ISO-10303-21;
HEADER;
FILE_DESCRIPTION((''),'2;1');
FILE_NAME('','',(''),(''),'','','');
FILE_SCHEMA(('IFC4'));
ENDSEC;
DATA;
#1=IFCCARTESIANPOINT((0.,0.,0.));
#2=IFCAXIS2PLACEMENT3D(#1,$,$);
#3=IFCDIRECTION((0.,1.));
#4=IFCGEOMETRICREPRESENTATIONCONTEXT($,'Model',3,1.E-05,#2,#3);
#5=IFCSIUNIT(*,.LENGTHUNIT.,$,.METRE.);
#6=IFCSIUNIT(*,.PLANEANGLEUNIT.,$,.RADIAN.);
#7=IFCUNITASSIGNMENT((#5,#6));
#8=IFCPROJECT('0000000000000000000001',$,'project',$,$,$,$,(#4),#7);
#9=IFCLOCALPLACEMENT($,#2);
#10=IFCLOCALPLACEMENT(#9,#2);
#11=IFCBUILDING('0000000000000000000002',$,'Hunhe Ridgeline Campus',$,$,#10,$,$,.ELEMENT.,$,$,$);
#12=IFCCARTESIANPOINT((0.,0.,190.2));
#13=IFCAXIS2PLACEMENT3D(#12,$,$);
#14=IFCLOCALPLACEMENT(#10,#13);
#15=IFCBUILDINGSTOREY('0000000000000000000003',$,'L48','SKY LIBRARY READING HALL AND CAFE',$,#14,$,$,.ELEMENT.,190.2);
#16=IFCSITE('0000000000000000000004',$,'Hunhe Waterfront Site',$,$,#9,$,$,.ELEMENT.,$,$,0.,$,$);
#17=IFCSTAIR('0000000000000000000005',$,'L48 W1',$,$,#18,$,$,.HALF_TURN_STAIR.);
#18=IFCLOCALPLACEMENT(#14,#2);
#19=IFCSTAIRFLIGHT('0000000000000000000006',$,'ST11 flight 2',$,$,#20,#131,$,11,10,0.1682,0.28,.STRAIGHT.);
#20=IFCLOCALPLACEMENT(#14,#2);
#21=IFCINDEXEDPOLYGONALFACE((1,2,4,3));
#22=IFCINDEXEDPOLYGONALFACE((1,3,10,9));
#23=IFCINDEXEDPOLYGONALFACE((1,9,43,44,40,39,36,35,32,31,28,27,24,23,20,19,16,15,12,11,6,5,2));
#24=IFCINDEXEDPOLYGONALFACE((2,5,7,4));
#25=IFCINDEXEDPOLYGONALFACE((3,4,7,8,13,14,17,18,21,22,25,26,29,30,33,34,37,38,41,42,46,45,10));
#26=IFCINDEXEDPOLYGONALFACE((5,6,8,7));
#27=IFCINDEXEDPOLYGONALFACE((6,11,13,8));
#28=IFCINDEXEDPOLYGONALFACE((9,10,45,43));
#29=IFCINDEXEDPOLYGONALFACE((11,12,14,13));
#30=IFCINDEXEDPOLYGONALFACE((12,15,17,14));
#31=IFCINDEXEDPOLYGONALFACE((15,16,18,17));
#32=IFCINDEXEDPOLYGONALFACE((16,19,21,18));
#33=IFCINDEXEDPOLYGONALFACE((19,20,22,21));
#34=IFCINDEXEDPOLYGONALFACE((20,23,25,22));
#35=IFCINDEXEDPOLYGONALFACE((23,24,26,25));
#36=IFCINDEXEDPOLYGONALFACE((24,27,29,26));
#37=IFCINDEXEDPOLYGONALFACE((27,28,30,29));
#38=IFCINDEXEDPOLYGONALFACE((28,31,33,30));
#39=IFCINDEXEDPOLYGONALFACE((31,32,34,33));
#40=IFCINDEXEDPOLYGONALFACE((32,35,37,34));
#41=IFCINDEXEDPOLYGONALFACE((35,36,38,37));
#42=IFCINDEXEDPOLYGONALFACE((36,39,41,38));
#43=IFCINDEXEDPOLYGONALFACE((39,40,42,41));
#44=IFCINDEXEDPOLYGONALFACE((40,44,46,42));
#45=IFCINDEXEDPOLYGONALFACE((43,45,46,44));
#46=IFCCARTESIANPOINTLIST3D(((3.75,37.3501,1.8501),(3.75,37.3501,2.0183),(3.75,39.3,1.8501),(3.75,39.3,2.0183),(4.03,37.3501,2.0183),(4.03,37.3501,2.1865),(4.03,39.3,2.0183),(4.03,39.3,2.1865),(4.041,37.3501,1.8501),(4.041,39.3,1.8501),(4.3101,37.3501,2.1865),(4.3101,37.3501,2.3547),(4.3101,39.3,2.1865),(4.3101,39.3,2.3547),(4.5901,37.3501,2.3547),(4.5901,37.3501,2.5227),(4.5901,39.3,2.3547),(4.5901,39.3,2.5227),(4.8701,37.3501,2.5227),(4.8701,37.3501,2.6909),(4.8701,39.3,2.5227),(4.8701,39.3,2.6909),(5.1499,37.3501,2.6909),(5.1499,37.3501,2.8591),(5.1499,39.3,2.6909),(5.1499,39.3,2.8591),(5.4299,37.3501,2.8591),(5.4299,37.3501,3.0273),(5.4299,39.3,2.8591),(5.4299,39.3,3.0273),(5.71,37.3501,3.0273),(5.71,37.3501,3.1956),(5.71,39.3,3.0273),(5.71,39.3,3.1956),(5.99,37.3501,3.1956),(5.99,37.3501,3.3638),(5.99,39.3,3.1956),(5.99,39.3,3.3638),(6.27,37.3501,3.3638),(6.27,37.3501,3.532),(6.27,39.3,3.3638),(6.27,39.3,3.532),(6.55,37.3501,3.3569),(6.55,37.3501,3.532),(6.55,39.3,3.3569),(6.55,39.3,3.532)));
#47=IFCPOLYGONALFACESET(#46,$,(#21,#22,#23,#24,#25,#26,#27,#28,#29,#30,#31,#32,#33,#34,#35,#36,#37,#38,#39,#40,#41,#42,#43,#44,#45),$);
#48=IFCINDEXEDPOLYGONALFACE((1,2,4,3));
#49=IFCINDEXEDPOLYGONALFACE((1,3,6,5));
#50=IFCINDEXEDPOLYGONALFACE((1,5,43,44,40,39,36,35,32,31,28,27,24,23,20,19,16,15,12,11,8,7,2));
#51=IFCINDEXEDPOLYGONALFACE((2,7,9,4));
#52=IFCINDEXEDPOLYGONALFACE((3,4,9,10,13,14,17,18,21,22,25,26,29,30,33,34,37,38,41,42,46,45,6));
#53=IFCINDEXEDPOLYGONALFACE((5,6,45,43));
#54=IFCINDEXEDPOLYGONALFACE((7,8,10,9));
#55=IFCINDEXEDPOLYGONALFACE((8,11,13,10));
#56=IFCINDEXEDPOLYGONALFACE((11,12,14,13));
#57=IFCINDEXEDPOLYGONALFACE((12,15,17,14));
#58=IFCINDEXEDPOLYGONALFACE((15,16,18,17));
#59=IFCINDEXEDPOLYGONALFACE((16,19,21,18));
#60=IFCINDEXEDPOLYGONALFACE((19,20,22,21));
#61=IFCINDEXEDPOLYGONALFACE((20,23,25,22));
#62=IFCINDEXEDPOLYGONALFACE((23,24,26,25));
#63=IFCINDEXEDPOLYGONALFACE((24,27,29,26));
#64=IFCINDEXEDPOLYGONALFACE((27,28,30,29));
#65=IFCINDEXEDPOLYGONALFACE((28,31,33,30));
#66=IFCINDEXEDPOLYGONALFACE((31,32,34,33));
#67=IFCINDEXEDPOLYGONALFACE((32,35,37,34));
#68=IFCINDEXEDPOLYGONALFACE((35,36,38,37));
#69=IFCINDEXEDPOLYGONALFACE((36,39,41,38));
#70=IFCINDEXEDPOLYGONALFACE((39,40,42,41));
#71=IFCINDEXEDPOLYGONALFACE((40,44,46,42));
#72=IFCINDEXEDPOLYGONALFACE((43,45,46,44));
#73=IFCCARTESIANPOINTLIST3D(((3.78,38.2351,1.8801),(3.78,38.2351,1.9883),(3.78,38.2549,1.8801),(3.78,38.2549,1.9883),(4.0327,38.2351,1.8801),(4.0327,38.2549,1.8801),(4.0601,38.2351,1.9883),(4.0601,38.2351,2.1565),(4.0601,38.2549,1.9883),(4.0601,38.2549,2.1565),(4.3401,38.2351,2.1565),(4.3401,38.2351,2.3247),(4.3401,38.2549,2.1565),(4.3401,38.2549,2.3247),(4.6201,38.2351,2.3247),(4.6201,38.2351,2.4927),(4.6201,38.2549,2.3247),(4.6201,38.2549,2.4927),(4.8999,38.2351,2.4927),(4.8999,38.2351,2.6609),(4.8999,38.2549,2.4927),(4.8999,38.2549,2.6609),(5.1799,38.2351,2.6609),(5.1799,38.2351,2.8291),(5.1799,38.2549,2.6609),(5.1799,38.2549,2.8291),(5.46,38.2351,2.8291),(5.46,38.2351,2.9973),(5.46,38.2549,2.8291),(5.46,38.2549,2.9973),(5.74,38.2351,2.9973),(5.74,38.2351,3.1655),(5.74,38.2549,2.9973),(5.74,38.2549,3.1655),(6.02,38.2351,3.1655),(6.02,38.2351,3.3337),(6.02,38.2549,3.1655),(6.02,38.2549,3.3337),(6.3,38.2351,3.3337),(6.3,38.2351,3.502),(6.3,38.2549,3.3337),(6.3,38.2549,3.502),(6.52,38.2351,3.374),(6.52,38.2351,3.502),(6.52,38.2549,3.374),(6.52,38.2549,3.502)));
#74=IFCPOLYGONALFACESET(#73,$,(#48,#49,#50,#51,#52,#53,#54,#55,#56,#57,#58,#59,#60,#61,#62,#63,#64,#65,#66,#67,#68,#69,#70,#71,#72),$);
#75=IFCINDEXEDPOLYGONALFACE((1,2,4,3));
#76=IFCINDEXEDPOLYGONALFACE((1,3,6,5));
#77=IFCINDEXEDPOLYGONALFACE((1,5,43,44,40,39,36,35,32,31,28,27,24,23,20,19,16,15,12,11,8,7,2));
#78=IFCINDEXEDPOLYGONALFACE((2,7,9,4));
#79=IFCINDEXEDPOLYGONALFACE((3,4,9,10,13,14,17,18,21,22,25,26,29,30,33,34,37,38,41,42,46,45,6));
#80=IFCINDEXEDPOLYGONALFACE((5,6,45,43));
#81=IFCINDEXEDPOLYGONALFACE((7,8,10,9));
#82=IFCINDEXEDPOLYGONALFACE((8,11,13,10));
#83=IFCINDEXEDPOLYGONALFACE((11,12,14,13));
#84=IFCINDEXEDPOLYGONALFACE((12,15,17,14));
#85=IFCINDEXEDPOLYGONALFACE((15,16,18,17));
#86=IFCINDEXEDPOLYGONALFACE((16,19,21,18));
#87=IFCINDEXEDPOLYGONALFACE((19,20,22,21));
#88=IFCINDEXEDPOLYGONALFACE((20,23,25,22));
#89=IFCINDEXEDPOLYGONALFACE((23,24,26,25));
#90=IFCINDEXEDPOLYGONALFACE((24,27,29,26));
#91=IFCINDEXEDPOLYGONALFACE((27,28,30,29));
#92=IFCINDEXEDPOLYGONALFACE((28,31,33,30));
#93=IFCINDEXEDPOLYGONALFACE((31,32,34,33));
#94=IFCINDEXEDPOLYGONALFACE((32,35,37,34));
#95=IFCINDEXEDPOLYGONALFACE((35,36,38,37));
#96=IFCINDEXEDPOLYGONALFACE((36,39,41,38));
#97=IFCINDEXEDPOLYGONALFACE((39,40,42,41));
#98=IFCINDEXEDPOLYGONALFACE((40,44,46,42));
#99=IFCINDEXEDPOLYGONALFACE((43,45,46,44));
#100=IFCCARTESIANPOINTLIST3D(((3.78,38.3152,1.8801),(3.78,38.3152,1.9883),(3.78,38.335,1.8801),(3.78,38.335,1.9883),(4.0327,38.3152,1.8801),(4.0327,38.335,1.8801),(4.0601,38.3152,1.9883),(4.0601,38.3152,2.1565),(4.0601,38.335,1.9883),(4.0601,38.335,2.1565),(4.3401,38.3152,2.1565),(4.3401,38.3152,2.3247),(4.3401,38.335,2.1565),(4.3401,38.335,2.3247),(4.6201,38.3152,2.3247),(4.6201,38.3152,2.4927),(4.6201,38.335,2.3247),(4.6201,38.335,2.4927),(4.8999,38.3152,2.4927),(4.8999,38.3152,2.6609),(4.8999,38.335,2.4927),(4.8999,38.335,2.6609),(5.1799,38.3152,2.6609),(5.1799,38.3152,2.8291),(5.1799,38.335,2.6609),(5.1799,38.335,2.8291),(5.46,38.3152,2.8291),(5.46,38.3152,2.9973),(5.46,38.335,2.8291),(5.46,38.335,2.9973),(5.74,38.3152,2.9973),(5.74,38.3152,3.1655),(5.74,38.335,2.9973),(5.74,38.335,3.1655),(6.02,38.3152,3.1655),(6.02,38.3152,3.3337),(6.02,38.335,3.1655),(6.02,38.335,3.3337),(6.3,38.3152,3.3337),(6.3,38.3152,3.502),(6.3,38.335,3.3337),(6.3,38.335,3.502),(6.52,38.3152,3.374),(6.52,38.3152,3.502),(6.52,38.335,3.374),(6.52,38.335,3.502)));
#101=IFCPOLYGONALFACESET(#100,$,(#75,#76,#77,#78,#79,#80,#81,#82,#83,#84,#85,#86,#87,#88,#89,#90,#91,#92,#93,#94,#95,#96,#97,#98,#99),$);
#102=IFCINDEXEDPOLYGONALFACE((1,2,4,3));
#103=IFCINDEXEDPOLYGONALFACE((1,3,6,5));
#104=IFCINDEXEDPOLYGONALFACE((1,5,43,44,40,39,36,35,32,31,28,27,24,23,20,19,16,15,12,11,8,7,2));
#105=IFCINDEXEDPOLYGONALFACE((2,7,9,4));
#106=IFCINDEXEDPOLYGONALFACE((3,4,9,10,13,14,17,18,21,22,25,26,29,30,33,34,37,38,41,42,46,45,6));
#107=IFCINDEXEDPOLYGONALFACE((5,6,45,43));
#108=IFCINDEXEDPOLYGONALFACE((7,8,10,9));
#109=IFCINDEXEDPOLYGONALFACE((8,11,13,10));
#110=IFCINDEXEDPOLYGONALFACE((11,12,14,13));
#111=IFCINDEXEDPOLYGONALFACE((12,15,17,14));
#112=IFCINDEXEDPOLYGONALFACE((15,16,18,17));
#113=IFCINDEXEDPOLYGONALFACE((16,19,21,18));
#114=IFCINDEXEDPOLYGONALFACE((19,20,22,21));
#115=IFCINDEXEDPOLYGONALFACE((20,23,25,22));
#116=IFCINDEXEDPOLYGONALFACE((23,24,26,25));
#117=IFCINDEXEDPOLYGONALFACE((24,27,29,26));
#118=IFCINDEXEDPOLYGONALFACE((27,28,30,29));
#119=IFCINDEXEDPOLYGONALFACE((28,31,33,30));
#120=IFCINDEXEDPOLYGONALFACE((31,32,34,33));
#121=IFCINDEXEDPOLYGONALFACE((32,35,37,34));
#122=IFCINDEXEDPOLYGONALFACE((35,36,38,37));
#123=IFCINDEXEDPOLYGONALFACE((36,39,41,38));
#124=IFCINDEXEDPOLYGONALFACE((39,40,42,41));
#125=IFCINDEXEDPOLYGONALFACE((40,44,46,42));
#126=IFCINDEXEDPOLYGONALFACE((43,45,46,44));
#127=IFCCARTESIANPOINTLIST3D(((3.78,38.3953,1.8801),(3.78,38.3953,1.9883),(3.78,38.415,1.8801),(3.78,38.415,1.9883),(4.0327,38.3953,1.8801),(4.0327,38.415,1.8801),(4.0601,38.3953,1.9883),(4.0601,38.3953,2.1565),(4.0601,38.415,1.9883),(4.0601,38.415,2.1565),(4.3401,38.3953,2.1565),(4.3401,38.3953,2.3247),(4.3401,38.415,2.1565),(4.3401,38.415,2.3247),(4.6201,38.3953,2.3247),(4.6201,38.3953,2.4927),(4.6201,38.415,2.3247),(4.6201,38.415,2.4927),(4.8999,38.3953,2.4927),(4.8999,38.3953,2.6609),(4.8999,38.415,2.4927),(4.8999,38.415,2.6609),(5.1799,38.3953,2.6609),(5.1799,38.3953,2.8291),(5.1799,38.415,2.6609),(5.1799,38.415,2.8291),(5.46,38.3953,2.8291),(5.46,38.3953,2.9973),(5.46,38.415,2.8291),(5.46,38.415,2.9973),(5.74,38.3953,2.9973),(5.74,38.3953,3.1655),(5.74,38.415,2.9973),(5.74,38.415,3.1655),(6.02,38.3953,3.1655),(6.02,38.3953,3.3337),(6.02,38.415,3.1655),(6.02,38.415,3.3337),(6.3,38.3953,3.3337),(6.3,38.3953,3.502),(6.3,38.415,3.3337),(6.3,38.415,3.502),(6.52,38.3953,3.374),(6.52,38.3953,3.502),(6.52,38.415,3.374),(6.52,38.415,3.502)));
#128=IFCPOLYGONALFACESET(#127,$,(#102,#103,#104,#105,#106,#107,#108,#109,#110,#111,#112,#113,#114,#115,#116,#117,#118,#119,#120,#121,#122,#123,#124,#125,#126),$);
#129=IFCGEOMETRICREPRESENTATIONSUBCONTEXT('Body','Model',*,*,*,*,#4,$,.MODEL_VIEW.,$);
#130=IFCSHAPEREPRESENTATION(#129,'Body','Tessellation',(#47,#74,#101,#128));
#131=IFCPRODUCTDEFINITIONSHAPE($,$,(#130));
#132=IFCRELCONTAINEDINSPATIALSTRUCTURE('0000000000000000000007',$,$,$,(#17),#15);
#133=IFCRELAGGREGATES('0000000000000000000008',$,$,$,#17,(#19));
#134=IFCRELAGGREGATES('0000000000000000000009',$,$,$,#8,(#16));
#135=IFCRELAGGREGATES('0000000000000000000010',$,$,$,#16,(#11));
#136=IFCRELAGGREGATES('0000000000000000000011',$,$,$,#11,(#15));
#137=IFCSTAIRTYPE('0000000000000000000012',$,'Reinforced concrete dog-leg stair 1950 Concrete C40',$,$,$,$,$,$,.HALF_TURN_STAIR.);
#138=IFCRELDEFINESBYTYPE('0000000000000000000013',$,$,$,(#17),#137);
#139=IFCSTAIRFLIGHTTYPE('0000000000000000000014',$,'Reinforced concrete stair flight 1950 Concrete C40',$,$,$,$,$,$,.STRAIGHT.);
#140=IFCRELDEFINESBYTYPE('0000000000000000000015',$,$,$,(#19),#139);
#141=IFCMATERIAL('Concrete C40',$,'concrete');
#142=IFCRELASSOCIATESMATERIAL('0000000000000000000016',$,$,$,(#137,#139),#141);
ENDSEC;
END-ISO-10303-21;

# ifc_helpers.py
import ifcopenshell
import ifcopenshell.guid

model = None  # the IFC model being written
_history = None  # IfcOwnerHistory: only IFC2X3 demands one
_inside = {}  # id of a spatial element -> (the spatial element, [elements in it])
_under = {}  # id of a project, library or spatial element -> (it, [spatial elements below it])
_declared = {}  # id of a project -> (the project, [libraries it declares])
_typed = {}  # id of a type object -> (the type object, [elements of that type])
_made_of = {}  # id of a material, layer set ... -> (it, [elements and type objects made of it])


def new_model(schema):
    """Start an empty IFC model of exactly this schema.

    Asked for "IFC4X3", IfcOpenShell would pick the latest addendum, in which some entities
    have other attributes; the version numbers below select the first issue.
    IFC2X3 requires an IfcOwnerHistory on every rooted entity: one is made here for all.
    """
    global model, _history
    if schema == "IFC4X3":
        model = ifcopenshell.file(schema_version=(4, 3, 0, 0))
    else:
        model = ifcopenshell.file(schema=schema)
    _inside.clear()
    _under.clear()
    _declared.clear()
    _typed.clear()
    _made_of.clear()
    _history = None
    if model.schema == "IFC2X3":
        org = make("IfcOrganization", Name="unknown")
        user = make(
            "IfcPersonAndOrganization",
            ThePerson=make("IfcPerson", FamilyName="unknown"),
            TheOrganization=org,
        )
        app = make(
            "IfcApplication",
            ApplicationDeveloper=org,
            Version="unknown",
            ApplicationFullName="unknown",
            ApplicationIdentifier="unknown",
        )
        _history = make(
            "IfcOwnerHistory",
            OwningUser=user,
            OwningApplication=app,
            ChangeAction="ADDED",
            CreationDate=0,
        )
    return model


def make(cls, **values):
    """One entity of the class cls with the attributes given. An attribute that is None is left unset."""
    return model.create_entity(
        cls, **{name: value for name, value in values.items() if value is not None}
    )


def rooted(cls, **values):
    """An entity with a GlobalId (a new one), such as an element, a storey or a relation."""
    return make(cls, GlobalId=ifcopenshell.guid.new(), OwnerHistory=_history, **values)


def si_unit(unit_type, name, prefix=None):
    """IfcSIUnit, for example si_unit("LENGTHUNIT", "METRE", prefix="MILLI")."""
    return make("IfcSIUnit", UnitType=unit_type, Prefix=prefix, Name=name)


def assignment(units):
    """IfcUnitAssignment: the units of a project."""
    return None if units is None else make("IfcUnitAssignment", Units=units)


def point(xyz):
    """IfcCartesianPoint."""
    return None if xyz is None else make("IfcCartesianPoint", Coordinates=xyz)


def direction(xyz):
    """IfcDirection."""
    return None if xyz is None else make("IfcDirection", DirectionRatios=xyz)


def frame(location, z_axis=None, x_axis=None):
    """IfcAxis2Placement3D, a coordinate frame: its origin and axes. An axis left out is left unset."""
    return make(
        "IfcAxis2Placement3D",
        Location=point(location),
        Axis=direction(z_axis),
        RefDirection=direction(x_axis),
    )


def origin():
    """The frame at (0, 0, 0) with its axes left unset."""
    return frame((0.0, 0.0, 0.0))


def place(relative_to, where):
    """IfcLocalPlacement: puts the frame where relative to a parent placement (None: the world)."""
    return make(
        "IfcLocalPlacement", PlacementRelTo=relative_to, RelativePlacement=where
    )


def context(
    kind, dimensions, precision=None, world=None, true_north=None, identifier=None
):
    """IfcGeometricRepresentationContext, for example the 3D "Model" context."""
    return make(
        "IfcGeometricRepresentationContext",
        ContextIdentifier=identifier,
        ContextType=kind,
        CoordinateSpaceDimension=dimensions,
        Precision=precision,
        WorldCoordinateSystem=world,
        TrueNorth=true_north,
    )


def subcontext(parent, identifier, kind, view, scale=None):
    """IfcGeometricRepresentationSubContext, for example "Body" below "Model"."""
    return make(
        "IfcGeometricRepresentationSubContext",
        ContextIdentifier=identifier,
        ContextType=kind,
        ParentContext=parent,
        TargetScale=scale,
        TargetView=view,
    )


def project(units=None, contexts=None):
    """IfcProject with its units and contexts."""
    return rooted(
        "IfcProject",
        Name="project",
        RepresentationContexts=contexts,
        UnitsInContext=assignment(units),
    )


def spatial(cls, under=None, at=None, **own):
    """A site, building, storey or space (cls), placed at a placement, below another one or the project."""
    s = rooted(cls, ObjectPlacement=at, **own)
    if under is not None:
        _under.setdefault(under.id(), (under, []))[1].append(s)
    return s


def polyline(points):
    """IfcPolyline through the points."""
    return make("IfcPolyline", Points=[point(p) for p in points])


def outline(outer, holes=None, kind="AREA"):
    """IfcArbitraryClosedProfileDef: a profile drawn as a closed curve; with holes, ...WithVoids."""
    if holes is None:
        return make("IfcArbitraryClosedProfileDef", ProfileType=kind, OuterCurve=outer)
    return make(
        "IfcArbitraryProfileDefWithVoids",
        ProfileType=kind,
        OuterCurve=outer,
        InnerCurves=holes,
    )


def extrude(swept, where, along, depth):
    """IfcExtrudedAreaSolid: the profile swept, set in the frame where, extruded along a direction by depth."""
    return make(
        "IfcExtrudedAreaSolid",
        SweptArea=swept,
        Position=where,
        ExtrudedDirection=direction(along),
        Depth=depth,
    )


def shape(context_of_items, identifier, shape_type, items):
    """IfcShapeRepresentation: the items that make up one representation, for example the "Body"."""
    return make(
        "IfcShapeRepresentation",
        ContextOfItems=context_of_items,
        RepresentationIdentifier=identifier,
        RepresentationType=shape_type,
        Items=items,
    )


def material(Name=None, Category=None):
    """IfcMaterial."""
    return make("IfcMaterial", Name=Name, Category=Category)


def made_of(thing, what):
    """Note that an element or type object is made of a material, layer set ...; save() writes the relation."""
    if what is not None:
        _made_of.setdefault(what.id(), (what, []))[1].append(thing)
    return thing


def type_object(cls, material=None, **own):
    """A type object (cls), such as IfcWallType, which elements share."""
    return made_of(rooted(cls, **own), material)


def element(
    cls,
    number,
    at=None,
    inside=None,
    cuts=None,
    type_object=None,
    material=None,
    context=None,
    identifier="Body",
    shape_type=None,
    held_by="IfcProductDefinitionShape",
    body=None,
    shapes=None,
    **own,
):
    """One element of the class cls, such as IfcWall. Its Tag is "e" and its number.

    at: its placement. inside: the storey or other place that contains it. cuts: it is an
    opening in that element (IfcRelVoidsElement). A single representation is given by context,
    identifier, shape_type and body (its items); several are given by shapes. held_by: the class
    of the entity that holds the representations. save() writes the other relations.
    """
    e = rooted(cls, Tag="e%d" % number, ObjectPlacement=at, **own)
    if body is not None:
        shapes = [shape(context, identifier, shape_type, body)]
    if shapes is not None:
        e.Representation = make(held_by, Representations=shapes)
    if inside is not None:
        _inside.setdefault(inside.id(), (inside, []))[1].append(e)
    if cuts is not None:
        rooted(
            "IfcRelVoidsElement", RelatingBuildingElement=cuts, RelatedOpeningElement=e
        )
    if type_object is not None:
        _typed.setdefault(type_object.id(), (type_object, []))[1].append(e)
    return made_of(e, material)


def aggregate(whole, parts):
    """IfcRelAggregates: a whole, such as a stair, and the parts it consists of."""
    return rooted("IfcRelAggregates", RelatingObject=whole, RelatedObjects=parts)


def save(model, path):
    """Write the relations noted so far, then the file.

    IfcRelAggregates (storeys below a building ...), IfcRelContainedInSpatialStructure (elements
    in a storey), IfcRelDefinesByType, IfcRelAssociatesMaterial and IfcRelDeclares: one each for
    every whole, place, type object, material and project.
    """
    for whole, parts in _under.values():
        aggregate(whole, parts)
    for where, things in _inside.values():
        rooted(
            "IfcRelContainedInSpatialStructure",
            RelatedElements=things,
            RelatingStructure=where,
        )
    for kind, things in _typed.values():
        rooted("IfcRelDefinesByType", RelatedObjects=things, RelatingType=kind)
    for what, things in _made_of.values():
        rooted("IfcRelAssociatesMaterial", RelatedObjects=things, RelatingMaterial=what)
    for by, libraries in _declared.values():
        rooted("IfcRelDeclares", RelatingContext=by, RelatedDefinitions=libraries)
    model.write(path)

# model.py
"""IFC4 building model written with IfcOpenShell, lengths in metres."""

from ifc_helpers import new_model, si_unit, direction, frame, origin, place, context, subcontext, project, spatial, polyline, outline, extrude, material, type_object, element, aggregate, save


model = new_model("IFC4")

# Units and contexts
model_context = context("Model", 3, precision=1e-05, world=origin(), true_north=direction((0.0, 1.0)))
body_context = subcontext(model_context, "Body", "Model", "MODEL_VIEW")
ifc_project = project(units=[si_unit("LENGTHUNIT", "METRE"), si_unit("PLANEANGLEUNIT", "RADIAN")], contexts=[model_context])

# Site, building, storey
site_placement = place(None, origin())
site = spatial("IfcSite", under=ifc_project, at=site_placement, Name="Hunhe Waterfront Site", CompositionType="ELEMENT", RefElevation=0.0)
building_placement = place(site_placement, origin())
building = spatial("IfcBuilding", under=site, at=building_placement, Name="Hunhe Ridgeline Campus", CompositionType="ELEMENT")
storey_placement = place(building_placement, frame((0.0, 0.0, 190.2)))
storey = spatial("IfcBuildingStorey", under=building, at=storey_placement, Name="L48", Description="SKY LIBRARY READING HALL AND CAFE", CompositionType="ELEMENT", Elevation=190.2)

# Stair, stair flight
ifc_material_1 = material(Name="Concrete C40", Category="concrete")
stair_type = type_object("IfcStairType", Name="Reinforced concrete dog-leg stair 1950 Concrete C40", PredefinedType="HALF_TURN_STAIR", material=ifc_material_1)
stair_placement = place(storey_placement, origin())
stair = element("IfcStair", 1, at=stair_placement, inside=storey, type_object=stair_type, Name="L48 W1", PredefinedType="HALF_TURN_STAIR")
stair_flight_type = type_object("IfcStairFlightType", Name="Reinforced concrete stair flight 1950 Concrete C40", PredefinedType="STRAIGHT", material=ifc_material_1)
stair_flight_1_placement = place(storey_placement, frame((3.75, 38.325, 1.8501), z_axis=(0.0, 0.0, 1.0), x_axis=(1.0, 0.0, 0.0)))
stair_flight_1 = element("IfcStairFlight", 2, at=stair_flight_1_placement, type_object=stair_flight_type, Name="ST11 flight 2", NumberOfRisers=11, NumberOfTreads=10, PredefinedType="STRAIGHT", RiserHeight=0.1682, TreadLength=0.28, context=body_context, shape_type="SweptSolid", body=[
    extrude(outline(polyline([(0.0, 0.0), (0.0, 0.1682), (0.28, 0.1682), (0.28, 0.3364), (0.5601, 0.3364), (0.5601, 0.5046), (0.8401, 0.5046), (0.8401, 0.6726), (1.1201, 0.6726), (1.1201, 0.8408), (1.3999, 0.8408), (1.3999, 1.009), (1.6799, 1.009), (1.6799, 1.1772), (1.96, 1.1772), (1.96, 1.3455), (2.24, 1.3455), (2.24, 1.5137), (2.52, 1.5137), (2.52, 1.6819), (2.8, 1.6819), (2.8, 1.8501), (2.8, 1.5068), (0.291, 0.0), (0.0, 0.0)])), frame((0.0, 0.9751, 0.0), z_axis=(0.0, -1.0, 0.0), x_axis=(1.0, 0.0, 0.0)), (0.0, 0.0, 1.0), 1.95),
    extrude(outline(polyline([(0.03, 0.03), (0.03, 0.1382), (0.3101, 0.1382), (0.3101, 0.3064), (0.5901, 0.3064), (0.5901, 0.4746), (0.8701, 0.4746), (0.8701, 0.6426), (1.1499, 0.6426), (1.1499, 0.8108), (1.4299, 0.8108), (1.4299, 0.979), (1.71, 0.979), (1.71, 1.1472), (1.99, 1.1472), (1.99, 1.3154), (2.27, 1.3154), (2.27, 1.4836), (2.55, 1.4836), (2.55, 1.6519), (2.77, 1.6519), (2.77, 1.5239), (0.2827, 0.03), (0.03, 0.03)])), frame((0.0, -0.0701, 0.0), z_axis=(0.0, -1.0, 0.0), x_axis=(1.0, 0.0, 0.0)), (0.0, 0.0, 1.0), 0.0198),
    extrude(outline(polyline([(0.03, 0.03), (0.03, 0.1382), (0.3101, 0.1382), (0.3101, 0.3064), (0.5901, 0.3064), (0.5901, 0.4746), (0.8701, 0.4746), (0.8701, 0.6426), (1.1499, 0.6426), (1.1499, 0.8108), (1.4299, 0.8108), (1.4299, 0.979), (1.71, 0.979), (1.71, 1.1472), (1.99, 1.1472), (1.99, 1.3154), (2.27, 1.3154), (2.27, 1.4836), (2.55, 1.4836), (2.55, 1.6519), (2.77, 1.6519), (2.77, 1.5239), (0.2827, 0.03), (0.03, 0.03)])), frame((0.0, 0.01, 0.0), z_axis=(0.0, -1.0, 0.0), x_axis=(1.0, 0.0, 0.0)), (0.0, 0.0, 1.0), 0.0198),
    extrude(outline(polyline([(0.03, 0.03), (0.03, 0.1382), (0.3101, 0.1382), (0.3101, 0.3064), (0.5901, 0.3064), (0.5901, 0.4746), (0.8701, 0.4746), (0.8701, 0.6426), (1.1499, 0.6426), (1.1499, 0.8108), (1.4299, 0.8108), (1.4299, 0.979), (1.71, 0.979), (1.71, 1.1472), (1.99, 1.1472), (1.99, 1.3154), (2.27, 1.3154), (2.27, 1.4836), (2.55, 1.4836), (2.55, 1.6519), (2.77, 1.6519), (2.77, 1.5239), (0.2827, 0.03), (0.03, 0.03)])), frame((0.0, 0.0901, 0.0), z_axis=(0.0, -1.0, 0.0), x_axis=(1.0, 0.0, 0.0)), (0.0, 0.0, 1.0), 0.0198),
])
aggregate(stair, [stair_flight_1])

save(model, "model.ifc")
